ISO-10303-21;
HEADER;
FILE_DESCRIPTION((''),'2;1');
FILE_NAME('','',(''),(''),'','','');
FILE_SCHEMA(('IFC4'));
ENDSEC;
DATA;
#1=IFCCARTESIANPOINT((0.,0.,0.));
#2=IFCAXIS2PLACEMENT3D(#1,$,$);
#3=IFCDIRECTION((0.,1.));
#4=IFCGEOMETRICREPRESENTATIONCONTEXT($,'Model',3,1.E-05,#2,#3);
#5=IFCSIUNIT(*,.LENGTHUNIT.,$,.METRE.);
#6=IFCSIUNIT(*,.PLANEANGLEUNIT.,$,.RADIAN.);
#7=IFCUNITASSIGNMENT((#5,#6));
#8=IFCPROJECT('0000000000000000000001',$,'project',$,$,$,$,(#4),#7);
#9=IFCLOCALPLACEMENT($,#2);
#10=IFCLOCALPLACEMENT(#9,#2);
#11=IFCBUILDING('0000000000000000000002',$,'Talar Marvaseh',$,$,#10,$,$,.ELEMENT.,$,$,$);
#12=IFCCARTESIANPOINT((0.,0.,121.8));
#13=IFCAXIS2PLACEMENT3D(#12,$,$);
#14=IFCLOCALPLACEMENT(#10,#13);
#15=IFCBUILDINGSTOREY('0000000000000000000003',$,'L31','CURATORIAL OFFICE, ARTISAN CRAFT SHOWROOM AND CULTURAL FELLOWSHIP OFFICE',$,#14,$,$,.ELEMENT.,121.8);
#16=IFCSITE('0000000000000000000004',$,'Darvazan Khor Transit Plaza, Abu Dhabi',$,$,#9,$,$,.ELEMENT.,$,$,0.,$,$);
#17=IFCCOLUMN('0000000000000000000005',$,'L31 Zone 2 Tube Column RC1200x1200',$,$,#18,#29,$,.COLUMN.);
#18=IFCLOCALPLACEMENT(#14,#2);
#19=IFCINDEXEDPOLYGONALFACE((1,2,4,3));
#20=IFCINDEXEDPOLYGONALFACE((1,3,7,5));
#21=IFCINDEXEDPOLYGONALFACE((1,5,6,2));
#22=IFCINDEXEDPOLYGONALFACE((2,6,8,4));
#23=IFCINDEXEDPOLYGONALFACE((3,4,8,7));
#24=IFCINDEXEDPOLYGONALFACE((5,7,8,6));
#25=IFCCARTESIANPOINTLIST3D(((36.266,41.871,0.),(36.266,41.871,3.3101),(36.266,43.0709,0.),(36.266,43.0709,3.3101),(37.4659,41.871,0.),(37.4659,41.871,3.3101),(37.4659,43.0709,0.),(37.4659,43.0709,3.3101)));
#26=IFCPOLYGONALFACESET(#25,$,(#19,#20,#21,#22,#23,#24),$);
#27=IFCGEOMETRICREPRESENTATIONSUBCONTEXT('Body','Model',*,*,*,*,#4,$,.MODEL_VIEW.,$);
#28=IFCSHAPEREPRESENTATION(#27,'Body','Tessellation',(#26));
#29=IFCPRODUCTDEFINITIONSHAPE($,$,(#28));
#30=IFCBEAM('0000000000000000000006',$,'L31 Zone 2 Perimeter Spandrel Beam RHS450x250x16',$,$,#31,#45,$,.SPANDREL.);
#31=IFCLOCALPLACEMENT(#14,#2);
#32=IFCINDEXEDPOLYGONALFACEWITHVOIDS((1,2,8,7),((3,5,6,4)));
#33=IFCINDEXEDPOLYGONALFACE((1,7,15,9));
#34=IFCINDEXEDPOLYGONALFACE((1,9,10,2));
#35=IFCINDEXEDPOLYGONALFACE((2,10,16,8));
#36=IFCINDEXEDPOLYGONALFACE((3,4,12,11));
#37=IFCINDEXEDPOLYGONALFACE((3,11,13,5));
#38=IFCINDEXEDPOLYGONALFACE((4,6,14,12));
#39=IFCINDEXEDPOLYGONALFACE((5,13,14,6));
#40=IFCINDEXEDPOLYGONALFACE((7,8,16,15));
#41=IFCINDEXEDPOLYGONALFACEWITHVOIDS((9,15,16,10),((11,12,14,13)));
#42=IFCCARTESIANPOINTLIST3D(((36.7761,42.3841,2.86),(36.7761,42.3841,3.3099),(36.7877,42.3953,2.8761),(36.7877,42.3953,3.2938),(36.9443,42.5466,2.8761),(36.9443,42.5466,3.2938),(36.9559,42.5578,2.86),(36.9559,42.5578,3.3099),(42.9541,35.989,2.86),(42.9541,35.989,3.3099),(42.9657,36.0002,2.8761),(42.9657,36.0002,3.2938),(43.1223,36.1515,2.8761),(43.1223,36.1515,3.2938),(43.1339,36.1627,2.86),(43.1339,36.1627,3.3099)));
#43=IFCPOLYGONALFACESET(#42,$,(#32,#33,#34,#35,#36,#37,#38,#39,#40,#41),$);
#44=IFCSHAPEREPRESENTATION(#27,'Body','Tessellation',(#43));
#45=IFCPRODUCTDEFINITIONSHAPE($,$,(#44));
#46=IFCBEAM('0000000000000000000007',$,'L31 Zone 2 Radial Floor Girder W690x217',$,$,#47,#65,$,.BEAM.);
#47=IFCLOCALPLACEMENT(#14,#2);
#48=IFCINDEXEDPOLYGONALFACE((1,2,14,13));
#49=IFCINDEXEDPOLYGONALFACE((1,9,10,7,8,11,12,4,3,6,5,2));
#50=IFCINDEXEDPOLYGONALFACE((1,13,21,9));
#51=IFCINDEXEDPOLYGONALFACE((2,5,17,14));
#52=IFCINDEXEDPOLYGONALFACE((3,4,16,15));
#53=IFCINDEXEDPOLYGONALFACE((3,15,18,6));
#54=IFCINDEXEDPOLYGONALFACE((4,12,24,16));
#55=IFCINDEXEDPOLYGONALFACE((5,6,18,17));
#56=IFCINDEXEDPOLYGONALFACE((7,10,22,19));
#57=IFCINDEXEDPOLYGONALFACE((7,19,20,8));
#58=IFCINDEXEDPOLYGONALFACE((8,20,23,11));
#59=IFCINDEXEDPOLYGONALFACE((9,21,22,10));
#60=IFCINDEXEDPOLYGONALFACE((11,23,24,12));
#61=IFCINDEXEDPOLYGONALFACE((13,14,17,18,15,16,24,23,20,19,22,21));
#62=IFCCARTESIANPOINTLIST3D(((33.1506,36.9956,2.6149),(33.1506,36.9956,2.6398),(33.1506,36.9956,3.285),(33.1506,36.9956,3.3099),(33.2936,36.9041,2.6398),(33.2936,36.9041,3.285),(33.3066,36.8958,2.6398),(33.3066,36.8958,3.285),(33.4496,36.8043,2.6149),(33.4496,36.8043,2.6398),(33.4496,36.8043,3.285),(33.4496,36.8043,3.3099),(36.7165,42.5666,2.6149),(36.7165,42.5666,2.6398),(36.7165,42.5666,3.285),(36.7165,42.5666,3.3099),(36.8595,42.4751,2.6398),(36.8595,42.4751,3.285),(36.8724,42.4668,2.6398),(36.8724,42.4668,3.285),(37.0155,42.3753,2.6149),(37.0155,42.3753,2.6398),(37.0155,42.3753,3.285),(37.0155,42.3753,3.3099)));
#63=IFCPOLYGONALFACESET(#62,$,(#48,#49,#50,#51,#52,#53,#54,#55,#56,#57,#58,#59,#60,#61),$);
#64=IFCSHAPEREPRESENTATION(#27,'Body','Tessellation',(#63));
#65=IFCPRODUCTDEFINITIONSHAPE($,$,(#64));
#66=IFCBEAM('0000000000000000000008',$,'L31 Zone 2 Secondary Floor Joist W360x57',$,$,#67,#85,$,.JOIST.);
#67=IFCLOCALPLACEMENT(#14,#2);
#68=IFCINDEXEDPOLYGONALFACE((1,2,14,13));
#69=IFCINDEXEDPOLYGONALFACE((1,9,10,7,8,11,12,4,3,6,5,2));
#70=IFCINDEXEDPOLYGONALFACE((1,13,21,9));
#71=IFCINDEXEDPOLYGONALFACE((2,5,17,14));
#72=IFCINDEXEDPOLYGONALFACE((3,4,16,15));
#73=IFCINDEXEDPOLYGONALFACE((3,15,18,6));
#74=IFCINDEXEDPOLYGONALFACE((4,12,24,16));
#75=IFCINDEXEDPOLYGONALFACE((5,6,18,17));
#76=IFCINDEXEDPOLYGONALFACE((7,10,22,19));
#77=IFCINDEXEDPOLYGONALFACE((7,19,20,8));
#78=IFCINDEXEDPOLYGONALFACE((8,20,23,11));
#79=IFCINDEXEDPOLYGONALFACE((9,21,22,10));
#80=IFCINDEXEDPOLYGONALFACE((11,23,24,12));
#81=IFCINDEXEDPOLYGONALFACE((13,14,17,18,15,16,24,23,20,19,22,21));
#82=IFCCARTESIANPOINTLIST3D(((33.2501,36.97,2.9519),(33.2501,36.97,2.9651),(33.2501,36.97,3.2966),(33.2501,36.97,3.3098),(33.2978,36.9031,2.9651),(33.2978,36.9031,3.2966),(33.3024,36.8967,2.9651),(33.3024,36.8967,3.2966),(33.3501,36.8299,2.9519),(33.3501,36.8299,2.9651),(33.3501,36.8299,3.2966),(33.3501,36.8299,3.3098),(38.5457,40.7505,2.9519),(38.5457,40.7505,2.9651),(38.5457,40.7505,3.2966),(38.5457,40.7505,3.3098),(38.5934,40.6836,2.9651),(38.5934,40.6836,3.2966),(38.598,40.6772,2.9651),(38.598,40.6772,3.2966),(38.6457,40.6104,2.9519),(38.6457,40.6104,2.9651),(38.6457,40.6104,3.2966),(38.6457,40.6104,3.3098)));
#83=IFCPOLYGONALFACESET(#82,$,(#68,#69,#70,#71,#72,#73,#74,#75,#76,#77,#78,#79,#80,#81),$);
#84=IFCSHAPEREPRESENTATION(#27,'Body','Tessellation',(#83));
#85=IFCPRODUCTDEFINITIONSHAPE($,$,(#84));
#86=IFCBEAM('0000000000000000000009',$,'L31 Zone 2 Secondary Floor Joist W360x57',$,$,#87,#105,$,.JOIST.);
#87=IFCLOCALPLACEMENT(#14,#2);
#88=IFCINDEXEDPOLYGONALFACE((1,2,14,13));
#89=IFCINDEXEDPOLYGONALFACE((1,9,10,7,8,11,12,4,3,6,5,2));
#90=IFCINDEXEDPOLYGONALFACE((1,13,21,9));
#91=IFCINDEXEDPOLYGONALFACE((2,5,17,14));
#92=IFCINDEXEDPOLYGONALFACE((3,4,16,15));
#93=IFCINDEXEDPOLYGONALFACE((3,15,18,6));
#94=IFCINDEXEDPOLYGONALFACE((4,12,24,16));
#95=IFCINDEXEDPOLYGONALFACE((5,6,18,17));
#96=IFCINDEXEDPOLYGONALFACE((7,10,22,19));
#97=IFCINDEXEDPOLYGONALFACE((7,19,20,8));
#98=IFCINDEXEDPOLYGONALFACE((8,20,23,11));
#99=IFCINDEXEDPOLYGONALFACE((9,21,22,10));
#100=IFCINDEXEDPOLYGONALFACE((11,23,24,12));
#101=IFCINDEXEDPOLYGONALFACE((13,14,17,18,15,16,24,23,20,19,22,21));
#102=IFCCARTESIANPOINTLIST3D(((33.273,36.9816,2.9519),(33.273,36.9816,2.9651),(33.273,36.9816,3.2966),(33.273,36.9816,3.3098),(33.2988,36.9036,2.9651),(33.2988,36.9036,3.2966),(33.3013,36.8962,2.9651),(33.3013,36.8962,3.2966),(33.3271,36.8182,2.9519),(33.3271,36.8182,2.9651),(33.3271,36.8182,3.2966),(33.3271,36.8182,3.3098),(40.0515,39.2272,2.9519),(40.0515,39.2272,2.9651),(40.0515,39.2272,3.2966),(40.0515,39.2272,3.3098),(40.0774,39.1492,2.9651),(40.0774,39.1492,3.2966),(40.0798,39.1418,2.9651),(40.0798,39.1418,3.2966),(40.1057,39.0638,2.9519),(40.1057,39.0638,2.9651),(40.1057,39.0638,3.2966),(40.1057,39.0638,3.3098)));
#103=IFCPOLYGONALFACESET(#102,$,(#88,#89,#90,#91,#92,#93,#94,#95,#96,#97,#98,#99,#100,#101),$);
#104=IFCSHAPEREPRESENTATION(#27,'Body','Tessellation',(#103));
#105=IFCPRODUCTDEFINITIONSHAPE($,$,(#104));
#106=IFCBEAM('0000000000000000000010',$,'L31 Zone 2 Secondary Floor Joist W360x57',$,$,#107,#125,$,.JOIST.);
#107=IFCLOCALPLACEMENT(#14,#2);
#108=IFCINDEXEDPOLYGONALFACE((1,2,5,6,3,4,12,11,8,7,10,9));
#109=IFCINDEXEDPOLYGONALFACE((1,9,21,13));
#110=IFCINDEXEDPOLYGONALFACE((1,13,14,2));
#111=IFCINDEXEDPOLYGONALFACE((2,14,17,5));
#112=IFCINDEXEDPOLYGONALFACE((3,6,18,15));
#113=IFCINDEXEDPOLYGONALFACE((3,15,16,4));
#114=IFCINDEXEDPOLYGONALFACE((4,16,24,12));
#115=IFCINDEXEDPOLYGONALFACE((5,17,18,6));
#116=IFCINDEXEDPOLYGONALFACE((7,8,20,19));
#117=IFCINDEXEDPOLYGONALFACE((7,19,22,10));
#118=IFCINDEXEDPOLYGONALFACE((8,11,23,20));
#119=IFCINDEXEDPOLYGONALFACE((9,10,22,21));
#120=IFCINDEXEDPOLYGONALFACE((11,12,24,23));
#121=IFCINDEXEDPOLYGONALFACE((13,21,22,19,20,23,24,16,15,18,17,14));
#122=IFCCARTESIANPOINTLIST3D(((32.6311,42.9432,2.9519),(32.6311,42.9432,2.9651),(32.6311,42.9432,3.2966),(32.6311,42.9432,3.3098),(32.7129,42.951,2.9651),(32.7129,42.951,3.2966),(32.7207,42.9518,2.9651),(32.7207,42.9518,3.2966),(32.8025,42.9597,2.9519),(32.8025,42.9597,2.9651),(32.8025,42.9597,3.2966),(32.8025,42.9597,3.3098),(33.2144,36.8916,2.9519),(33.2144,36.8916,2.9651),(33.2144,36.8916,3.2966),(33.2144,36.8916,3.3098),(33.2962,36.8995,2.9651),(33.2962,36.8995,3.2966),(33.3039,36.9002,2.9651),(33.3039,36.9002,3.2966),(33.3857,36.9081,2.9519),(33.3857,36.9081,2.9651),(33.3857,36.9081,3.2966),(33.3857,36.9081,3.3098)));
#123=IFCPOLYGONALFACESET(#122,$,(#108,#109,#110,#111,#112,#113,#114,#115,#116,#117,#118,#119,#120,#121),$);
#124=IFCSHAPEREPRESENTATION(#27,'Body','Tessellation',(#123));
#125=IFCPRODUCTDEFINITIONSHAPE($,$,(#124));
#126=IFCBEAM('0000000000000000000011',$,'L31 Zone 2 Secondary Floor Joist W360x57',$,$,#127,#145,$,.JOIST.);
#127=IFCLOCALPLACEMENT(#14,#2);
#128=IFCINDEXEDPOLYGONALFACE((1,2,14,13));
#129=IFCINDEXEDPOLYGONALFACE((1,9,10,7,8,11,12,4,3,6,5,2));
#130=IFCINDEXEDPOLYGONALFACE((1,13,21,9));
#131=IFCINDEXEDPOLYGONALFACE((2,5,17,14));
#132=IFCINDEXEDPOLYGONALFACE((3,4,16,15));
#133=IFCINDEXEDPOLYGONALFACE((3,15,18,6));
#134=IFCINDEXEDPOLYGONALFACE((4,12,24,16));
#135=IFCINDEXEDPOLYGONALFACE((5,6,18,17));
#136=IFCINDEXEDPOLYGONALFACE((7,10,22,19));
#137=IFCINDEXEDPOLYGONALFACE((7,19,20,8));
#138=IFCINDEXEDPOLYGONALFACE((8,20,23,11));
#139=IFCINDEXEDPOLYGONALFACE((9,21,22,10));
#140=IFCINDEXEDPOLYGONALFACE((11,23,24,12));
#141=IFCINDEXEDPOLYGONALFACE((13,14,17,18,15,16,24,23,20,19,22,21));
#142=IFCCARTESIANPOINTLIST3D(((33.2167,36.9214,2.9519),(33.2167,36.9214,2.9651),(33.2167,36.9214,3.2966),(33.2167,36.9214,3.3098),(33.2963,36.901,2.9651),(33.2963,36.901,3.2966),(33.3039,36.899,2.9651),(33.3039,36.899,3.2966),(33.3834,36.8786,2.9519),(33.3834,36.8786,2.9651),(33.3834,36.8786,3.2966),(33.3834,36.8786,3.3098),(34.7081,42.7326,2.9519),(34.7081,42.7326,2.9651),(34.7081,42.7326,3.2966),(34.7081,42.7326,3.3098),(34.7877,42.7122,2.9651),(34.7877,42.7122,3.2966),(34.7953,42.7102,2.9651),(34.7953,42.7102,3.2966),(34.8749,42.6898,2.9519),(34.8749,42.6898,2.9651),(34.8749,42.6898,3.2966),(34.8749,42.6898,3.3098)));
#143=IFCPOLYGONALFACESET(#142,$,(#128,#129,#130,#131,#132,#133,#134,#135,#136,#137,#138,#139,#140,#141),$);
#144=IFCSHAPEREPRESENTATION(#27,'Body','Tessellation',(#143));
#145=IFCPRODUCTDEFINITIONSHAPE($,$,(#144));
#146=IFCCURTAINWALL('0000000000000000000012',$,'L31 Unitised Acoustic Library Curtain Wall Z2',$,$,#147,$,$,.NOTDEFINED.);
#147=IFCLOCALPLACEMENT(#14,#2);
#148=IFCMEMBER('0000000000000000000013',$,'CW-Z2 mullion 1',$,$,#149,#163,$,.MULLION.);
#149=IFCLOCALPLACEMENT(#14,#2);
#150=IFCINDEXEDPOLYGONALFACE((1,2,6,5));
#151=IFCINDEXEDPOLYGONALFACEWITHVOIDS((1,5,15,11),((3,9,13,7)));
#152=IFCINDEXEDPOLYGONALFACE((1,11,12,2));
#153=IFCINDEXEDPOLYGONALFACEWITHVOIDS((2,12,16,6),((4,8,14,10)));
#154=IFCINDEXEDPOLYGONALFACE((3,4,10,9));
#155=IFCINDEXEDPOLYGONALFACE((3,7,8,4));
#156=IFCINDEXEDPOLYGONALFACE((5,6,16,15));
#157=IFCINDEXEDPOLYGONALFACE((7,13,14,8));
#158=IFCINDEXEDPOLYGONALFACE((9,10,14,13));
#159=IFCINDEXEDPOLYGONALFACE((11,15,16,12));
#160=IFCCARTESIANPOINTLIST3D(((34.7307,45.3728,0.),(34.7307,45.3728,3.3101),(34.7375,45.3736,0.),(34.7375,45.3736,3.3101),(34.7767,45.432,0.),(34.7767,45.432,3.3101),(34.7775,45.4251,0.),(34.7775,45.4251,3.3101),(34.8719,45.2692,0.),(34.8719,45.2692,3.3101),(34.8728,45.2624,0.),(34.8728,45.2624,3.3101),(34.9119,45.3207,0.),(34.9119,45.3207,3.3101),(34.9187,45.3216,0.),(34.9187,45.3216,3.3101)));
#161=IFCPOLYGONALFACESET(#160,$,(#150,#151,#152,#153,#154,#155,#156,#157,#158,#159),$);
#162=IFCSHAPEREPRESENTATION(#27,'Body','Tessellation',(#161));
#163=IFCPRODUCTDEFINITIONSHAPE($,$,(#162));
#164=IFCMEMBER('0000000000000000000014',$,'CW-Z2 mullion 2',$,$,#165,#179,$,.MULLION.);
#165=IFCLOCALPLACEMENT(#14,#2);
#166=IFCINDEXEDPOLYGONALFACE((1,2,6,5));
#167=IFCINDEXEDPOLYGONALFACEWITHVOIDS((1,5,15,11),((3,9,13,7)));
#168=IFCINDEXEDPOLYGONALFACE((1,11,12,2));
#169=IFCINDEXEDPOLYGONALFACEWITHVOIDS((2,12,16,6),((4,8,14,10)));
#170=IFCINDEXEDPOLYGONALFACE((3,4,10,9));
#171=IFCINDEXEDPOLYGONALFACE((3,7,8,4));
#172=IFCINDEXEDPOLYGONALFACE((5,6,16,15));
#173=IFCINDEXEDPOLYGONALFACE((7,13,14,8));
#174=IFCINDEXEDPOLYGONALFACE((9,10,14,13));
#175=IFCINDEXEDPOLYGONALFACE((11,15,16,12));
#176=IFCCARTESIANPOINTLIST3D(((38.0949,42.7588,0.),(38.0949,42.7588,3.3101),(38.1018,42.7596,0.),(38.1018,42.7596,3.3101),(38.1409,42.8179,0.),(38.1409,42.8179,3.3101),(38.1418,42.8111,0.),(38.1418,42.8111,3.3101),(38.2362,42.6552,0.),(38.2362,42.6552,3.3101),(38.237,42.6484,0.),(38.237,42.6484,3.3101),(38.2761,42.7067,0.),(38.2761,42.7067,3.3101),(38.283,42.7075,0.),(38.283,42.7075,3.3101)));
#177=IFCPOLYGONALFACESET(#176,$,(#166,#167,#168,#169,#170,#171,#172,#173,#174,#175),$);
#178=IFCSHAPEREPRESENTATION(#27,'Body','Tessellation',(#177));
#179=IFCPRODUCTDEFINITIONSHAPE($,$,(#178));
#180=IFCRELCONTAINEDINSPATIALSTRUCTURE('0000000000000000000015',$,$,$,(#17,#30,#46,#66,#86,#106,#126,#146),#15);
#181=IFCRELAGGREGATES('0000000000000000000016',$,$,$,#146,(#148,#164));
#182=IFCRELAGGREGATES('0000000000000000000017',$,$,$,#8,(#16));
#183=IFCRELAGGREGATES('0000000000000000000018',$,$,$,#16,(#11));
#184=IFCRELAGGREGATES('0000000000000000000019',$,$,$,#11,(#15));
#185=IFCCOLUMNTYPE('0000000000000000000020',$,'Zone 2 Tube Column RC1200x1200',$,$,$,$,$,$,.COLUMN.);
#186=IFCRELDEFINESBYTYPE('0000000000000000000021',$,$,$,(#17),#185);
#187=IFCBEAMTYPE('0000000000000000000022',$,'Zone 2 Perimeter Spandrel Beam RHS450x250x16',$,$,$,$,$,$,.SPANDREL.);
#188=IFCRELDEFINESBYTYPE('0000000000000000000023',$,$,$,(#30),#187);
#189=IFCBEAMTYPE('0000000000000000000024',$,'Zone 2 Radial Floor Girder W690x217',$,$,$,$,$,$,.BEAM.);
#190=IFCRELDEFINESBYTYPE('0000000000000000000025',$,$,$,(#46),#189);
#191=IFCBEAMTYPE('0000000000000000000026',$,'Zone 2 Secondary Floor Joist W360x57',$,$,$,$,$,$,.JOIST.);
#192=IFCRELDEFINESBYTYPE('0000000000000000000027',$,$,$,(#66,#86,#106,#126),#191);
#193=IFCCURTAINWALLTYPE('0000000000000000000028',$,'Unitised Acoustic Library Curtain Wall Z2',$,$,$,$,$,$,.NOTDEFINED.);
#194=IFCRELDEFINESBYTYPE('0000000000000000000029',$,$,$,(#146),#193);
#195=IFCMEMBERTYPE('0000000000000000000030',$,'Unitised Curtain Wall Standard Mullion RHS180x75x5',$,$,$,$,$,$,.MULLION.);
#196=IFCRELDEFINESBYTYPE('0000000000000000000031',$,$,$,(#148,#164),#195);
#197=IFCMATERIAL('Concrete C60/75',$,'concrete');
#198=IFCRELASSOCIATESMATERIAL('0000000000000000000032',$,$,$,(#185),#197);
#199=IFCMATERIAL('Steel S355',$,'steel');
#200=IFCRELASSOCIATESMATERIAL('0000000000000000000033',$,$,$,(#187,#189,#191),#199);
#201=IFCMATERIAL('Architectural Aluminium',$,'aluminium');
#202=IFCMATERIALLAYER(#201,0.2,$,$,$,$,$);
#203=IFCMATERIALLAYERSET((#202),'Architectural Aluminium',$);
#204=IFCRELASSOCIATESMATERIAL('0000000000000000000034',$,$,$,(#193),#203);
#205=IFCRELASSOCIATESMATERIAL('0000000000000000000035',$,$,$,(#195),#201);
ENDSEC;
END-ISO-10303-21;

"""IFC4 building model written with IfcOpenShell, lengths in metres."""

from ifc_helpers import new_model, si_unit, direction, frame, origin, origin_2d, place, context, subcontext, project, spatial, rectangle, hollow_rectangle, i_section, extrude, source, transform, mapped, material, layer, layer_set, material_profile, profile_set, type_object, type_shapes, element, aggregate, save


model = new_model("IFC4")

# Units and contexts
model_context = context("Model", 3, precision=1e-05, world=origin(), true_north=direction((0.0, 1.0)))
body_context = subcontext(model_context, "Body", "Model", "MODEL_VIEW")
ifc_project = project(units=[si_unit("LENGTHUNIT", "METRE"), si_unit("PLANEANGLEUNIT", "RADIAN")], contexts=[model_context])

# Site, building, storey
site_placement = place(None, origin())
site = spatial("IfcSite", under=ifc_project, at=site_placement, Name="Darvazan Khor Transit Plaza, Abu Dhabi", CompositionType="ELEMENT", RefElevation=0.0)
building_placement = place(site_placement, origin())
building = spatial("IfcBuilding", under=site, at=building_placement, Name="Talar Marvaseh", CompositionType="ELEMENT")
storey_placement = place(building_placement, frame((0.0, 0.0, 121.8)))
storey = spatial("IfcBuildingStorey", under=building, at=storey_placement, Name="L31", Description="CURATORIAL OFFICE, ARTISAN CRAFT SHOWROOM AND CULTURAL FELLOWSHIP OFFICE", CompositionType="ELEMENT", Elevation=121.8)

# Column
ifc_material_1 = material(Name="Concrete C60/75", Category="concrete")
ifc_material_profile_1 = material_profile(ifc_material_1, rectangle(XDim=1.2, YDim=1.2, at=origin_2d()), Name="RC1200x1200")
ifc_profile_set_1 = profile_set([ifc_material_profile_1], Name="Concrete C60/75")
column_type = type_object("IfcColumnType", Name="Zone 2 Tube Column RC1200x1200", PredefinedType="COLUMN", material=ifc_profile_set_1)
column_placement = place(storey_placement, frame((36.866, 42.4709, 0.0), z_axis=(0.0, 0.0, 1.0), x_axis=(1.0, 0.0, 0.0)))
element("IfcColumn", 1, at=column_placement, inside=storey, type_object=column_type, Name="L31 Zone 2 Tube Column RC1200x1200", PredefinedType="COLUMN", context=body_context, shape_type="SweptSolid", body=[
    extrude(rectangle(XDim=1.2, YDim=1.2, at=origin_2d()), origin(), (0.0, 0.0, 1.0), 3.3101),
])

# Beams
ifc_material_2 = material(Name="Steel S355", Category="steel")
ifc_material_profile_2 = material_profile(ifc_material_2, hollow_rectangle(XDim=0.25, YDim=0.45, WallThickness=0.0161, at=origin_2d()), Name="RHS450x250x16")
ifc_profile_set_2 = profile_set([ifc_material_profile_2], Name="Steel S355")
beam_type_1 = type_object("IfcBeamType", Name="Zone 2 Perimeter Spandrel Beam RHS450x250x16", PredefinedType="SPANDREL", material=ifc_profile_set_2)
beam_1_placement = place(storey_placement, frame((36.866, 42.4709, 3.085), z_axis=(0.694797, -0.719206, 0.0), x_axis=(0.719206, 0.694797, 0.0)))
element("IfcBeam", 2, at=beam_1_placement, inside=storey, type_object=beam_type_1, Name="L31 Zone 2 Perimeter Spandrel Beam RHS450x250x16", PredefinedType="SPANDREL", context=body_context, shape_type="SweptSolid", body=[
    extrude(hollow_rectangle(XDim=0.25, YDim=0.45, WallThickness=0.0161, at=origin_2d()), origin(), (0.0, 0.0, 1.0), 8.8918),
])
ifc_material_profile_3 = material_profile(ifc_material_2, i_section(OverallWidth=0.355, OverallDepth=0.6951, WebThickness=0.0154, FlangeThickness=0.0249, at=origin_2d()), Name="W690x217")
ifc_profile_set_3 = profile_set([ifc_material_profile_3], Name="Steel S355")
beam_type_2 = type_object("IfcBeamType", Name="Zone 2 Radial Floor Girder W690x217", PredefinedType="BEAM", material=ifc_profile_set_3)
beam_2_placement = place(storey_placement, frame((36.866, 42.4709, 2.9624), z_axis=(-0.539102, -0.842241, 0.0), x_axis=(0.842241, -0.539102, 0.0)))
element("IfcBeam", 3, at=beam_2_placement, inside=storey, type_object=beam_type_2, Name="L31 Zone 2 Radial Floor Girder W690x217", PredefinedType="BEAM", context=body_context, shape_type="SweptSolid", body=[
    extrude(i_section(OverallWidth=0.355, OverallDepth=0.6951, WebThickness=0.0154, FlangeThickness=0.0249, at=origin_2d()), origin(), (0.0, 0.0, 1.0), 6.6145),
])
ifc_material_profile_4 = material_profile(ifc_material_2, i_section(OverallWidth=0.1721, OverallDepth=0.3579, WebThickness=0.0078, FlangeThickness=0.0132, at=origin_2d()), Name="W360x57")
ifc_profile_set_4 = profile_set([ifc_material_profile_4], Name="Steel S355")
beam_type_3 = type_object("IfcBeamType", Name="Zone 2 Secondary Floor Joist W360x57", PredefinedType="JOIST", material=ifc_profile_set_4)
beam_3_placement = place(storey_placement, frame((38.5957, 40.6804, 3.1309), z_axis=(-0.813886, -0.581025, 0.0), x_axis=(0.581025, -0.813886, 0.0)))
element("IfcBeam", 4, at=beam_3_placement, inside=storey, type_object=beam_type_3, Name="L31 Zone 2 Secondary Floor Joist W360x57", PredefinedType="JOIST", context=body_context, shape_type="SweptSolid", body=[
    extrude(i_section(OverallWidth=0.1721, OverallDepth=0.3579, WebThickness=0.0078, FlangeThickness=0.0132, at=origin_2d()), origin(), (0.0, 0.0, 1.0), 6.5066),
])
beam_4_placement = place(storey_placement, frame((40.0786, 39.1455, 3.1309), z_axis=(-0.949266, -0.314473, 0.0), x_axis=(0.314473, -0.949266, 0.0)))
element("IfcBeam", 5, at=beam_4_placement, inside=storey, type_object=beam_type_3, Name="L31 Zone 2 Secondary Floor Joist W360x57", PredefinedType="JOIST", context=body_context, shape_type="SweptSolid", body=[
    extrude(i_section(OverallWidth=0.1721, OverallDepth=0.3579, WebThickness=0.0078, FlangeThickness=0.0132, at=origin_2d()), origin(), (0.0, 0.0, 1.0), 7.1409),
])
beam_5_placement = place(storey_placement, frame((32.7168, 42.9514, 3.1309), z_axis=(0.095937, -0.995387, 0.0), x_axis=(0.995387, 0.095937, 0.0)))
element("IfcBeam", 6, at=beam_5_placement, inside=storey, type_object=beam_type_3, Name="L31 Zone 2 Secondary Floor Joist W360x57", PredefinedType="JOIST", context=body_context, shape_type="SweptSolid", body=[
    extrude(i_section(OverallWidth=0.1721, OverallDepth=0.3579, WebThickness=0.0078, FlangeThickness=0.0132, at=origin_2d()), origin(), (0.0, 0.0, 1.0), 6.0796),
])
beam_6_placement = place(storey_placement, frame((34.7915, 42.7112, 3.1309), z_axis=(-0.248592, -0.968608, 0.0), x_axis=(0.968608, -0.248592, 0.0)))
element("IfcBeam", 7, at=beam_6_placement, inside=storey, type_object=beam_type_3, Name="L31 Zone 2 Secondary Floor Joist W360x57", PredefinedType="JOIST", context=body_context, shape_type="SweptSolid", body=[
    extrude(i_section(OverallWidth=0.1721, OverallDepth=0.3579, WebThickness=0.0078, FlangeThickness=0.0132, at=origin_2d()), origin(), (0.0, 0.0, 1.0), 5.9995),
])

# Curtain wall, members
ifc_material_3 = material(Name="Architectural Aluminium", Category="aluminium")
ifc_layer_1 = layer(ifc_material_3, 0.2)
ifc_layer_set_1 = layer_set([ifc_layer_1], Name="Architectural Aluminium")
curtain_wall_type = type_object("IfcCurtainWallType", Name="Unitised Acoustic Library Curtain Wall Z2", PredefinedType="NOTDEFINED", material=ifc_layer_set_1)
curtain_wall_placement = place(storey_placement, origin())
curtain_wall = element("IfcCurtainWall", 8, at=curtain_wall_placement, inside=storey, type_object=curtain_wall_type, Name="L31 Unitised Acoustic Library Curtain Wall Z2", PredefinedType="NOTDEFINED")
ifc_material_profile_5 = material_profile(ifc_material_3, hollow_rectangle(XDim=0.075, YDim=0.1799, WallThickness=0.0049, at=origin_2d()), Name="RHS180x75x5")
ifc_profile_set_5 = profile_set([ifc_material_profile_5], Name="Architectural Aluminium")
member_type_1 = type_object("IfcMemberType", Name="Unitised Curtain Wall Standard Mullion RHS180x75x5", PredefinedType="MULLION", material=ifc_profile_set_5)
shared_shape_1 = source(origin(), body_context, "Body", "SweptSolid", [
    extrude(hollow_rectangle(XDim=0.075, YDim=0.1799, WallThickness=0.0049, at=origin_2d()), origin(), (0.0, 0.0, 1.0), 3.3101),
])
type_shapes(member_type_1, [shared_shape_1])
member_1_placement = place(storey_placement, frame((34.8247, 45.3472, 0.0), z_axis=(0.0, 0.0, 1.0), x_axis=(0.613545, 0.78966, 0.0)))
member_1 = element("IfcMember", 9, at=member_1_placement, type_object=member_type_1, Name="CW-Z2 mullion 1", PredefinedType="MULLION", context=body_context, shape_type="MappedRepresentation", body=[
    mapped(shared_shape_1, transform((0.0, 0.0, 0.0), x_axis=(1.0, 0.0, 0.0), y_axis=(0.0, 1.0, 0.0), z_axis=(0.0, 0.0, 1.0), scale=1.0)),
])
member_2_placement = place(storey_placement, frame((38.189, 42.7332, 0.0), z_axis=(0.0, 0.0, 1.0), x_axis=(0.613545, 0.78966, 0.0)))
member_2 = element("IfcMember", 10, at=member_2_placement, type_object=member_type_1, Name="CW-Z2 mullion 2", PredefinedType="MULLION", context=body_context, shape_type="MappedRepresentation", body=[
    mapped(shared_shape_1, transform((0.0, 0.0, 0.0), x_axis=(1.0, 0.0, 0.0), y_axis=(0.0, 1.0, 0.0), z_axis=(0.0, 0.0, 1.0), scale=1.0)),
])
aggregate(curtain_wall, [member_1, member_2])

save(model, "model.ifc")
